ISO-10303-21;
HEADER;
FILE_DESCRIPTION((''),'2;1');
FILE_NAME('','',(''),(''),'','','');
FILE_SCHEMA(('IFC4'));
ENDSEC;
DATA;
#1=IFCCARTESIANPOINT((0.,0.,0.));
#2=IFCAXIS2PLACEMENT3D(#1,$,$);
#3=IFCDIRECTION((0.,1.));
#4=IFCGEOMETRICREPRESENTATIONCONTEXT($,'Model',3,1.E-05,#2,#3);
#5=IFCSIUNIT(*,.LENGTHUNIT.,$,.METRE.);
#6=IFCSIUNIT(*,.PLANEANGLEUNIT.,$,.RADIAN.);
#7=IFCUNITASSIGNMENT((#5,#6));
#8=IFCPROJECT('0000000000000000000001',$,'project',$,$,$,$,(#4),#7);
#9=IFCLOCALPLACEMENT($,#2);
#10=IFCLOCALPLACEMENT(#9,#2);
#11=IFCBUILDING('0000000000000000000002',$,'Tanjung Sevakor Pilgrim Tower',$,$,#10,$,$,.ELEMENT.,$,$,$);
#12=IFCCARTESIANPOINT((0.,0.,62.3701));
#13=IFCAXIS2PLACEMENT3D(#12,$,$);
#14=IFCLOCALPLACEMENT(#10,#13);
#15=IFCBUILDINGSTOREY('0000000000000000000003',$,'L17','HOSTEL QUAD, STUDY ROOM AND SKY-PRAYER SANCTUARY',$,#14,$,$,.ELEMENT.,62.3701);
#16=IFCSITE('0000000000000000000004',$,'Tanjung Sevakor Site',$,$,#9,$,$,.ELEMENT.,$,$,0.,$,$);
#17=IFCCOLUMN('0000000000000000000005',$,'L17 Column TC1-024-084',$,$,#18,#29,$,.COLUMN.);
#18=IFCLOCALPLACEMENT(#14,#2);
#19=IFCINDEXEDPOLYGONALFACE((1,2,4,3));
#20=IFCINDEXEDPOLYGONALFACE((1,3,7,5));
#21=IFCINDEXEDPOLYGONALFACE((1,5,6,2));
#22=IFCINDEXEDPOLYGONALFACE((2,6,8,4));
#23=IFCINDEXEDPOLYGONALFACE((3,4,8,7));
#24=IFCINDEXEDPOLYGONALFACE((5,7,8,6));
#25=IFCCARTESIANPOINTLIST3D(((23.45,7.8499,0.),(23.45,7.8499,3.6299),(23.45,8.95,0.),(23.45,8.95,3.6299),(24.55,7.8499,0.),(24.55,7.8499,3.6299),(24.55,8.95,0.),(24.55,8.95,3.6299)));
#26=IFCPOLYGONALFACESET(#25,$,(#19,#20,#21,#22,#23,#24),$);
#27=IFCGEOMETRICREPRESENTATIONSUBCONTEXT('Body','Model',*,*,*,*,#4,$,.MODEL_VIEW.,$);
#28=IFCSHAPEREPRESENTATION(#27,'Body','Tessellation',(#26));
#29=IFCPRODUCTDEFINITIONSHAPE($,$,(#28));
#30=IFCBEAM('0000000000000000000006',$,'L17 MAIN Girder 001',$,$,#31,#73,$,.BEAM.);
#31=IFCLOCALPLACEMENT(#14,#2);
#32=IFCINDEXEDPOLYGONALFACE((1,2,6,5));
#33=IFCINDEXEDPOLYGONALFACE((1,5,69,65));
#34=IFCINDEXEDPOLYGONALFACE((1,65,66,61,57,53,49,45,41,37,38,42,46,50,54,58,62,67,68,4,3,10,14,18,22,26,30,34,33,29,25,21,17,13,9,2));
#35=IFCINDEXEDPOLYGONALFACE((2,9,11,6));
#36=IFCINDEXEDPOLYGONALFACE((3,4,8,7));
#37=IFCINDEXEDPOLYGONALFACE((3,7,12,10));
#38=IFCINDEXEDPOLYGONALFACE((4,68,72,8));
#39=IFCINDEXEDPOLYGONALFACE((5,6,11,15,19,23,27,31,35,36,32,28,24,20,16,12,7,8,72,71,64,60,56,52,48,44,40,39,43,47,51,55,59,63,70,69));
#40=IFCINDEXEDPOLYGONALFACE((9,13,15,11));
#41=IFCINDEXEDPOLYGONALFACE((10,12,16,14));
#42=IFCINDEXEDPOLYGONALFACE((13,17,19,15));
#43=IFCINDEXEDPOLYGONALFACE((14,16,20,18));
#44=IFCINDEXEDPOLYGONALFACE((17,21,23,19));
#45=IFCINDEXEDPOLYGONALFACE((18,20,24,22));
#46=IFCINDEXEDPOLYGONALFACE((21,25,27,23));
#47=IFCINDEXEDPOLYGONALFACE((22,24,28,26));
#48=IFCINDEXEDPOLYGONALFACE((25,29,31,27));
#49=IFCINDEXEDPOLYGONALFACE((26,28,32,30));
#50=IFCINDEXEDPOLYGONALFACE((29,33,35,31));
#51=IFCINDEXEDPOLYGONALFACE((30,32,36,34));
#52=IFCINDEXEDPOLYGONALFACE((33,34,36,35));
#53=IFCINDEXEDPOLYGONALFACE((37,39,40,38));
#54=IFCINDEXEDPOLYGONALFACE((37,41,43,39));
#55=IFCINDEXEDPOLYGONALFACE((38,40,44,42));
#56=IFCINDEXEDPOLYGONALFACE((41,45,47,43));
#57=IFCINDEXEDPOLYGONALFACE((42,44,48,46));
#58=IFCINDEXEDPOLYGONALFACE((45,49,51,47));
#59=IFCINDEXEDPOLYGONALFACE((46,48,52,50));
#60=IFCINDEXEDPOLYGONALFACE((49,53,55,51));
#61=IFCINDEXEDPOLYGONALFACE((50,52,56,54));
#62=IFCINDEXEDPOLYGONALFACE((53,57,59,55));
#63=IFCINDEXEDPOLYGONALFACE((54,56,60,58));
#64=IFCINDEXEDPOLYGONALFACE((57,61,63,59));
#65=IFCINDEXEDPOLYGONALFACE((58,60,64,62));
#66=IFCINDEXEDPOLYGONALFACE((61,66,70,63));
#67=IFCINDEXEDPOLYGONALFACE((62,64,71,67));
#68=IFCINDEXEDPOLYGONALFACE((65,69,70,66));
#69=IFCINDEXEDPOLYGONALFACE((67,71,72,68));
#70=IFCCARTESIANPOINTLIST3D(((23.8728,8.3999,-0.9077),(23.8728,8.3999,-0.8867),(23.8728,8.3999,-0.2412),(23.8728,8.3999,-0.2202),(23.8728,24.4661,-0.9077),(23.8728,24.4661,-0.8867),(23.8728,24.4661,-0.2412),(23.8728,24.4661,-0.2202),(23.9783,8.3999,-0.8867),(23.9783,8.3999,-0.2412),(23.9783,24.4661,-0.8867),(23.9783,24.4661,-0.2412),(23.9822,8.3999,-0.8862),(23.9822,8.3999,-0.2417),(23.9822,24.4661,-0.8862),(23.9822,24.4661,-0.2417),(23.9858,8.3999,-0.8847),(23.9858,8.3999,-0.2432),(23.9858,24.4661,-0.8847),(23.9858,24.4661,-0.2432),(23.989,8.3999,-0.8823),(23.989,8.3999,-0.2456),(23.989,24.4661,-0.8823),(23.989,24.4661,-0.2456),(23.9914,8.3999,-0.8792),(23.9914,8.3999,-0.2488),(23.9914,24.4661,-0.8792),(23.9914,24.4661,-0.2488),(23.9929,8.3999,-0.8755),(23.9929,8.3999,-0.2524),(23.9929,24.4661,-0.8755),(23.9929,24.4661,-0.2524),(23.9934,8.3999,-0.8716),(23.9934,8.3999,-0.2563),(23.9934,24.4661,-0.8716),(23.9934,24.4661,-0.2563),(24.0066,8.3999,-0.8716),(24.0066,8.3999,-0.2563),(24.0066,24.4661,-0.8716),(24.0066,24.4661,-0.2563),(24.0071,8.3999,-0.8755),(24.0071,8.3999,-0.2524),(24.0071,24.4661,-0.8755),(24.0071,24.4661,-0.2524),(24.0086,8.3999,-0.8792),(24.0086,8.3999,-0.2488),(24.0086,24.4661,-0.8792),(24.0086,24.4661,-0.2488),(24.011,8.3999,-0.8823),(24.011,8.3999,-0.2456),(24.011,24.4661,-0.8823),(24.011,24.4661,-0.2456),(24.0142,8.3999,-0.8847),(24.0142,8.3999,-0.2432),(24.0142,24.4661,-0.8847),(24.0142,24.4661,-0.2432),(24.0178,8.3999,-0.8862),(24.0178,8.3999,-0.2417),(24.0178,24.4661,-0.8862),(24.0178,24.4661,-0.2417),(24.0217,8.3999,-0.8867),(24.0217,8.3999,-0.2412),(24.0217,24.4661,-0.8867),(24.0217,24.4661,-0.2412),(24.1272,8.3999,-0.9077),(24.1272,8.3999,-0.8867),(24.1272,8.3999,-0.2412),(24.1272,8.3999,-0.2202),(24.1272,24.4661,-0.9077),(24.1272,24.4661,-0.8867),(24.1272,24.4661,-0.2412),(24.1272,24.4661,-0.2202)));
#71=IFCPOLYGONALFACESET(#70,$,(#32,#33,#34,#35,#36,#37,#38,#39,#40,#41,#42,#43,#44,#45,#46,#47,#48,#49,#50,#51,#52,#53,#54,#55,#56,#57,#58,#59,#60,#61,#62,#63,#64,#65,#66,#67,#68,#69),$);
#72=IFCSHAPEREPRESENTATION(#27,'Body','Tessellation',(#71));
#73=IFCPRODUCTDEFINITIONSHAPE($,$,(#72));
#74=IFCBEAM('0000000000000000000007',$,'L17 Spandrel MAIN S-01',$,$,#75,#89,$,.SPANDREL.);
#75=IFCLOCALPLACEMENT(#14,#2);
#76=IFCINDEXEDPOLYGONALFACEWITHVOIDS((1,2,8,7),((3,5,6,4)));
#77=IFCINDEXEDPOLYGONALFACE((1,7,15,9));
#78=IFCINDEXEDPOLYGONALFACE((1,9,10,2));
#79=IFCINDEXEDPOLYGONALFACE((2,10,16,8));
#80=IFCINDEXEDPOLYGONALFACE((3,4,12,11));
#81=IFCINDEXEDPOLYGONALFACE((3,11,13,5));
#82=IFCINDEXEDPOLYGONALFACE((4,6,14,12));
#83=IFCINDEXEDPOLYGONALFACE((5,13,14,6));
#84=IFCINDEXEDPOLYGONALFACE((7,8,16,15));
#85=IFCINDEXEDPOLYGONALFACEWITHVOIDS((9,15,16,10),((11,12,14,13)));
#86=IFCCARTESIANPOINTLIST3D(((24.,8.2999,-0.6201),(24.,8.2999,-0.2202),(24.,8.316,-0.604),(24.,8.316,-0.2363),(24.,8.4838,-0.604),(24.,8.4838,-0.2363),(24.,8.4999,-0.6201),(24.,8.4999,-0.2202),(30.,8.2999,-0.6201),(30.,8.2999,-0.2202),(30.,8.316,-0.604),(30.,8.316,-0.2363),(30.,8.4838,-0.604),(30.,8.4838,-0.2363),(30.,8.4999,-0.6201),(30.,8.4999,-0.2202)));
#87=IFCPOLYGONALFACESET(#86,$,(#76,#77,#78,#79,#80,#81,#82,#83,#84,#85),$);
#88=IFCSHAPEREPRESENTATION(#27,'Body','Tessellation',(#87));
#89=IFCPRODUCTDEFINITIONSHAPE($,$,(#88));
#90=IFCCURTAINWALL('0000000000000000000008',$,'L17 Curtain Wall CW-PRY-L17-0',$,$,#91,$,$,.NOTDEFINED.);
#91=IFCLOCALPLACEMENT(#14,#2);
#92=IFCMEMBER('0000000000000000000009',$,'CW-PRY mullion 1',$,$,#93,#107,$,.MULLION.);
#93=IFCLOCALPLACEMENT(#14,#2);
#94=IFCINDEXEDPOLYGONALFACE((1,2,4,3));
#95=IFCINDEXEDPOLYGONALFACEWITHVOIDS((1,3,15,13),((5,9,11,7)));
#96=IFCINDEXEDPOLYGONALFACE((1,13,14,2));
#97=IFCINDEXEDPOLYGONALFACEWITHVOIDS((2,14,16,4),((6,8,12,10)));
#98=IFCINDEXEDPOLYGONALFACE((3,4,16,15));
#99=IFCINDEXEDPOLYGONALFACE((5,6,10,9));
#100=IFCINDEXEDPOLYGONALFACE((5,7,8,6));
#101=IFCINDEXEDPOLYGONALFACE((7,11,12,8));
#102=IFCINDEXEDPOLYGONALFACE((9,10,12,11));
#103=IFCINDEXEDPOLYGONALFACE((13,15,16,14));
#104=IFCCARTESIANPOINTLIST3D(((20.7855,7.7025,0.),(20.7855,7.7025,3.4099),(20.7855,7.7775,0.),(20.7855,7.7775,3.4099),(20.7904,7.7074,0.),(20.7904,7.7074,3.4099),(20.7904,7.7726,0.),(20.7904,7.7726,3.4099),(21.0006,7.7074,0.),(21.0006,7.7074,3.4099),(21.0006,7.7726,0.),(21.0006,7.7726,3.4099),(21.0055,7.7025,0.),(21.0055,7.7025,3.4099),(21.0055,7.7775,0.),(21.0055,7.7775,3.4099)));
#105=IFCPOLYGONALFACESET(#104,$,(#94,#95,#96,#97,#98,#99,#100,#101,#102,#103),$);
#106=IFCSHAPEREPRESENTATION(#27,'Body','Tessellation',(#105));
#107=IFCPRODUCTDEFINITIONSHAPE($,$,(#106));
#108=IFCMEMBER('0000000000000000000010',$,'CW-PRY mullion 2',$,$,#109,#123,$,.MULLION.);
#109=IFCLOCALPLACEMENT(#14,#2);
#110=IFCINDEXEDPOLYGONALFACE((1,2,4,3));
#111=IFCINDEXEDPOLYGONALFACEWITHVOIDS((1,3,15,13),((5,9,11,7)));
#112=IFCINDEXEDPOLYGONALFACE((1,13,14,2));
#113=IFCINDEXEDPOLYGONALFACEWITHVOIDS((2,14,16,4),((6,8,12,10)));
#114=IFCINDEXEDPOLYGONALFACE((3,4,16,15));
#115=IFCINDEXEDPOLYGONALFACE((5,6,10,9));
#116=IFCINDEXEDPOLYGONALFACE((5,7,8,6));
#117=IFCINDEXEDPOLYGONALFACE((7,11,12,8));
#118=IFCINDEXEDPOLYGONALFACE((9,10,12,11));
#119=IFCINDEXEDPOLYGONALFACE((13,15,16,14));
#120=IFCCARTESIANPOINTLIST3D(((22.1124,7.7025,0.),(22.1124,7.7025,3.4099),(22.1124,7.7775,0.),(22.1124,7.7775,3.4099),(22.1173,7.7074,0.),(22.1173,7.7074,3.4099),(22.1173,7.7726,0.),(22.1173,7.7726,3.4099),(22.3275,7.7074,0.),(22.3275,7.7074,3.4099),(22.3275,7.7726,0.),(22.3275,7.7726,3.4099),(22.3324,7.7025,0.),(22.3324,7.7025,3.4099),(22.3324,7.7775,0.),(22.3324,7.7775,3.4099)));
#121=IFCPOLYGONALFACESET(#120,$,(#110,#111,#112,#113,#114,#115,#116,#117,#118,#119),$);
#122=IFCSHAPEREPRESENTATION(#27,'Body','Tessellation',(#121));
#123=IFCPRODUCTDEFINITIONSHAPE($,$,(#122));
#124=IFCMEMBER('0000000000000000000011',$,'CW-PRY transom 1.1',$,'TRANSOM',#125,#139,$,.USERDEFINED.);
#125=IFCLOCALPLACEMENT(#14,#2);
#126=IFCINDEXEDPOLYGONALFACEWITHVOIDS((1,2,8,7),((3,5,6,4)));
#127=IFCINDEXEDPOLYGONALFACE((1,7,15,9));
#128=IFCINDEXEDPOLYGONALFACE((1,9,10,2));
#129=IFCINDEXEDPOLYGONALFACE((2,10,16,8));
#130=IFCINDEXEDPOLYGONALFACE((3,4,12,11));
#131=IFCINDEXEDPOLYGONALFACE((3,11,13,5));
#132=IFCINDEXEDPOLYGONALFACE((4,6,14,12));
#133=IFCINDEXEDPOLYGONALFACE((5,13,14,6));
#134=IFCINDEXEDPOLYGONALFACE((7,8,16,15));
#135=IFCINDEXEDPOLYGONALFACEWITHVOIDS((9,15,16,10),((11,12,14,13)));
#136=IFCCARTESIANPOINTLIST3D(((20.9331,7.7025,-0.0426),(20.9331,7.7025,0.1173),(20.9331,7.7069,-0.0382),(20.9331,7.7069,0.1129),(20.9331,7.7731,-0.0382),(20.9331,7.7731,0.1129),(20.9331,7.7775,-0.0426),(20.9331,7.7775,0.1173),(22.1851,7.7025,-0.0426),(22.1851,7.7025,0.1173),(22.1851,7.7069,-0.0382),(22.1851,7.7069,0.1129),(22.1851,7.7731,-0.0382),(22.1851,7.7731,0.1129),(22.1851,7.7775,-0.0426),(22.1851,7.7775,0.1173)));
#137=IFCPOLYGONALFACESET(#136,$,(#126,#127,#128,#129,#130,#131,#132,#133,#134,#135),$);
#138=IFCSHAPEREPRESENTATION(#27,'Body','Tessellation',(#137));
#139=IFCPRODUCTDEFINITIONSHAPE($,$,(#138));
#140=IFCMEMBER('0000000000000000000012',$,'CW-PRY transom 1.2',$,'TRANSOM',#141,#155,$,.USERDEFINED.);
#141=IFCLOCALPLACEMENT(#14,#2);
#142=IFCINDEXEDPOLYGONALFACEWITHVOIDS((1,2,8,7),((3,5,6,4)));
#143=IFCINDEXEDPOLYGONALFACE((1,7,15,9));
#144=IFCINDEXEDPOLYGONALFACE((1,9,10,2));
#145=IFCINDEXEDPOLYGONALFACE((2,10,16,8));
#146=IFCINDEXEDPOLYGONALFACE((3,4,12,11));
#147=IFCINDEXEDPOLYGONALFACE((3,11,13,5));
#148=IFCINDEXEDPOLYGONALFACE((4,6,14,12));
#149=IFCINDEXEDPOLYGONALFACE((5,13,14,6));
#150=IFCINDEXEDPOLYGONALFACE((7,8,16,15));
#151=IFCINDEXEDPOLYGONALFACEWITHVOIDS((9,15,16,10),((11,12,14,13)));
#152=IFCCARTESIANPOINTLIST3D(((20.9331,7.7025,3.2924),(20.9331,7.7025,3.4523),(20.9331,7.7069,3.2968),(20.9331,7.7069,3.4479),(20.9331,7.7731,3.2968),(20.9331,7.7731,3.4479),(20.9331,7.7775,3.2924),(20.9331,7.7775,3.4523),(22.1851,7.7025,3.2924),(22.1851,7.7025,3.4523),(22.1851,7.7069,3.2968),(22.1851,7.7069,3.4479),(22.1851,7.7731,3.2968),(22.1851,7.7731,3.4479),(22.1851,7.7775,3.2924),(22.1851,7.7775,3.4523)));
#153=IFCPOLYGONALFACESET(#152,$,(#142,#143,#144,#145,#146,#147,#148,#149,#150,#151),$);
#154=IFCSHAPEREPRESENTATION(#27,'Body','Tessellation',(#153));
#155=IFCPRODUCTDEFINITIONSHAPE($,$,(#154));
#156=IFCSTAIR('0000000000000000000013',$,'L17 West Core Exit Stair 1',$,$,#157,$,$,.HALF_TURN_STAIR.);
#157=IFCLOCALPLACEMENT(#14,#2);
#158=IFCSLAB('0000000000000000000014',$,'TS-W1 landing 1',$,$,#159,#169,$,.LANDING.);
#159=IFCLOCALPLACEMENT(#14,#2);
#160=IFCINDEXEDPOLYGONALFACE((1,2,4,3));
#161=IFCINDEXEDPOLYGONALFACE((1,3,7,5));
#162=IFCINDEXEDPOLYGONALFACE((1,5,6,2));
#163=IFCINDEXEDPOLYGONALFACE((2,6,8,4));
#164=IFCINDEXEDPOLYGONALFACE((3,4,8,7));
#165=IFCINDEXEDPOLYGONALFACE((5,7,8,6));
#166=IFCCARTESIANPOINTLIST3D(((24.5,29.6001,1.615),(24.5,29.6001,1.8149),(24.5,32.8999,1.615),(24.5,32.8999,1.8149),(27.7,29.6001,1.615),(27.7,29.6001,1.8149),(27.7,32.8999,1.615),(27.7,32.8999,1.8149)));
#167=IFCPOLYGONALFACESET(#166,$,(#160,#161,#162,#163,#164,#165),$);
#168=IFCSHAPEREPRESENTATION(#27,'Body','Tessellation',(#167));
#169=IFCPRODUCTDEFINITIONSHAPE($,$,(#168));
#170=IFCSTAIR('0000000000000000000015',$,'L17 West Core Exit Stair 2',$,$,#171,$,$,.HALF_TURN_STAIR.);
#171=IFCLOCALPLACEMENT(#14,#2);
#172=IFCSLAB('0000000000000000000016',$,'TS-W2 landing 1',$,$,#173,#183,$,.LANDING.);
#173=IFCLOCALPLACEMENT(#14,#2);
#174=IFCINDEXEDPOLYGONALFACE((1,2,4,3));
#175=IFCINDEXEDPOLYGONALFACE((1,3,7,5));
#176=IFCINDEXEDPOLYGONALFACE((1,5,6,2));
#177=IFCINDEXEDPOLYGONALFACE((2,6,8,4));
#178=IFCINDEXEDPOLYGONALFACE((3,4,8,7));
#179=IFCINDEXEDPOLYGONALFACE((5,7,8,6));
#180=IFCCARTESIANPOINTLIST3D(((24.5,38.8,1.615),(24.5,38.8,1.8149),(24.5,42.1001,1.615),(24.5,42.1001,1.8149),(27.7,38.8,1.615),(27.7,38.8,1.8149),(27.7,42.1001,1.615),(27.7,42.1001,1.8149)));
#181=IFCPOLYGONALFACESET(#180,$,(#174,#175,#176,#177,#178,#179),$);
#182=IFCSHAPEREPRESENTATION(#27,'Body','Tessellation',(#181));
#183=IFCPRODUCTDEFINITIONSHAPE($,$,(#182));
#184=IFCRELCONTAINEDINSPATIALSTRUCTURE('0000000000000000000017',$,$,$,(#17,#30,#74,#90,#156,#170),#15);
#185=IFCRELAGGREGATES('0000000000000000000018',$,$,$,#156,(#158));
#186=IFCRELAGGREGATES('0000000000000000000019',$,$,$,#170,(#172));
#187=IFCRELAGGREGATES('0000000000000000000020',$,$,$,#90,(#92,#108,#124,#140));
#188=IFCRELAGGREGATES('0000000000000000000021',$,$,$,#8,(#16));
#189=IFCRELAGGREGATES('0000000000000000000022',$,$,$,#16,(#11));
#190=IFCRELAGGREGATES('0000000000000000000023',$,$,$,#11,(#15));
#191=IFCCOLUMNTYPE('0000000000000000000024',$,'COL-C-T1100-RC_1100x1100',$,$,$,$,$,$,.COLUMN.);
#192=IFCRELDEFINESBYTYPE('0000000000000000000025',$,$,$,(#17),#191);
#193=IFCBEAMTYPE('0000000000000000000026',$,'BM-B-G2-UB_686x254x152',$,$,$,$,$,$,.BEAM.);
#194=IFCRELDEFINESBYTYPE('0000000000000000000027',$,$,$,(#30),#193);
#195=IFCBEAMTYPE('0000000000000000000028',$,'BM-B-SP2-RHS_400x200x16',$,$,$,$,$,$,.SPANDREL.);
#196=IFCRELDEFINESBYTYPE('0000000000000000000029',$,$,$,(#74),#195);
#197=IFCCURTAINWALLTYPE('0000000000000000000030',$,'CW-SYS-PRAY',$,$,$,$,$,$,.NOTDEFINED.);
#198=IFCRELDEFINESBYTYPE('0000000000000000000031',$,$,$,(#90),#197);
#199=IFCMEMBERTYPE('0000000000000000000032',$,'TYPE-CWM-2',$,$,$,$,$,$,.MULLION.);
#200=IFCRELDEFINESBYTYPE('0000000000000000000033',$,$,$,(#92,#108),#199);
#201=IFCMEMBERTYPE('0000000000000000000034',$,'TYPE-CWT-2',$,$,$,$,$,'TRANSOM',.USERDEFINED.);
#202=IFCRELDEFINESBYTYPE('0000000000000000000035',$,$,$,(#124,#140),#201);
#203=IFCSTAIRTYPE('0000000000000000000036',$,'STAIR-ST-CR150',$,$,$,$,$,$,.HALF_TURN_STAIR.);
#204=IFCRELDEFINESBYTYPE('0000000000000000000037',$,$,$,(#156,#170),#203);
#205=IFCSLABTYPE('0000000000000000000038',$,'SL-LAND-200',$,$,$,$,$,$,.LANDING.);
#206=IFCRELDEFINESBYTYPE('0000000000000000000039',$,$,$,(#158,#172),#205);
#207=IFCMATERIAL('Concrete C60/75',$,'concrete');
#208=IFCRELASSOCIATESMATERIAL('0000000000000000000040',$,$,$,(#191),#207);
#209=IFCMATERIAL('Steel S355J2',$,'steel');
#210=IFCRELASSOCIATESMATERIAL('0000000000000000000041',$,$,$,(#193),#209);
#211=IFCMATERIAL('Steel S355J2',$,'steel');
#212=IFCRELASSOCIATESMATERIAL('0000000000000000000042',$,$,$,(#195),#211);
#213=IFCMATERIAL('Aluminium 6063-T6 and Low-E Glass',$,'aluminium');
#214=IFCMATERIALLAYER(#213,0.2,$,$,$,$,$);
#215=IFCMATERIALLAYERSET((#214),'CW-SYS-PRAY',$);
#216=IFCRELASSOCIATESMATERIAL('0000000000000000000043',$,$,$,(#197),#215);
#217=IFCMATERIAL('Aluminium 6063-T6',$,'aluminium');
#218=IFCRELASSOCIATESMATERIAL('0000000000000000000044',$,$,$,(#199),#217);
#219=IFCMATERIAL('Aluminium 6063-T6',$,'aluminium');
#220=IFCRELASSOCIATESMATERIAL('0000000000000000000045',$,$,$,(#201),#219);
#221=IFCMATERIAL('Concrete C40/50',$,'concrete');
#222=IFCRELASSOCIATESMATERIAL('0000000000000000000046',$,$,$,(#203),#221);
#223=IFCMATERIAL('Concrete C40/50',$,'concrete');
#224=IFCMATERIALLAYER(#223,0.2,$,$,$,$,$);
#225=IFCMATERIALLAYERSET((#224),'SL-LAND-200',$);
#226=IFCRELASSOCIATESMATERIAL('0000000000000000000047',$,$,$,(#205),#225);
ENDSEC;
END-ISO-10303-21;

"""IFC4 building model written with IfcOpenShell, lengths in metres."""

from ifc_helpers import new_model, si_unit, direction, frame, origin, origin_2d, place, context, subcontext, project, spatial, polyline, rectangle, hollow_rectangle, i_section, outline, extrude, material, layer, layer_set, material_profile, profile_set, type_object, element, aggregate, save


model = new_model("IFC4")

# Units and contexts
model_context = context("Model", 3, precision=1e-05, world=origin(), true_north=direction((0.0, 1.0)))
body_context = subcontext(model_context, "Body", "Model", "MODEL_VIEW")
ifc_project = project(units=[si_unit("LENGTHUNIT", "METRE"), si_unit("PLANEANGLEUNIT", "RADIAN")], contexts=[model_context])

# Site, building, storey
site_placement = place(None, origin())
site = spatial("IfcSite", under=ifc_project, at=site_placement, Name="Tanjung Sevakor Site", CompositionType="ELEMENT", RefElevation=0.0)
building_placement = place(site_placement, origin())
building = spatial("IfcBuilding", under=site, at=building_placement, Name="Tanjung Sevakor Pilgrim Tower", CompositionType="ELEMENT")
storey_placement = place(building_placement, frame((0.0, 0.0, 62.3701)))
storey = spatial("IfcBuildingStorey", under=building, at=storey_placement, Name="L17", Description="HOSTEL QUAD, STUDY ROOM AND SKY-PRAYER SANCTUARY", CompositionType="ELEMENT", Elevation=62.3701)

# Column
ifc_material_1 = material(Name="Concrete C60/75", Category="concrete")
ifc_material_profile_1 = material_profile(ifc_material_1, rectangle(XDim=1.1001, YDim=1.1001, at=origin_2d()))
ifc_profile_set_1 = profile_set([ifc_material_profile_1], Name="Concrete C60/75")
column_type = type_object("IfcColumnType", Name="COL-C-T1100-RC_1100x1100", PredefinedType="COLUMN", material=ifc_profile_set_1)
column_placement = place(storey_placement, frame((24.0, 8.3999, 0.0), z_axis=(0.0, 0.0, 1.0), x_axis=(1.0, 0.0, 0.0)))
element("IfcColumn", 1, at=column_placement, inside=storey, type_object=column_type, Name="L17 Column TC1-024-084", PredefinedType="COLUMN", context=body_context, shape_type="SweptSolid", body=[
    extrude(rectangle(XDim=1.1001, YDim=1.1001, at=origin_2d()), origin(), (0.0, 0.0, 1.0), 3.6299),
])

# Beams
ifc_material_2 = material(Name="Steel S355J2", Category="steel")
ifc_material_profile_2 = material_profile(ifc_material_2, i_section(OverallWidth=0.2544, OverallDepth=0.6875, WebThickness=0.0132, FlangeThickness=0.021, FilletRadius=0.0151, at=origin_2d()))
ifc_profile_set_2 = profile_set([ifc_material_profile_2], Name="Steel S355J2")
beam_type_1 = type_object("IfcBeamType", Name="BM-B-G2-UB_686x254x152", PredefinedType="BEAM", material=ifc_profile_set_2)
beam_1_placement = place(storey_placement, frame((24.0, 8.3999, -0.564), z_axis=(0.0, 1.0, 0.0), x_axis=(-1.0, 0.0, 0.0)))
element("IfcBeam", 2, at=beam_1_placement, inside=storey, type_object=beam_type_1, Name="L17 MAIN Girder 001", PredefinedType="BEAM", context=body_context, shape_type="SweptSolid", body=[
    extrude(i_section(OverallWidth=0.2544, OverallDepth=0.6875, WebThickness=0.0132, FlangeThickness=0.021, FilletRadius=0.0151, at=origin_2d()), origin(), (0.0, 0.0, 1.0), 16.0662),
])
ifc_material_3 = material(Name="Steel S355J2", Category="steel")
ifc_material_profile_3 = material_profile(ifc_material_3, hollow_rectangle(XDim=0.2, YDim=0.3999, WallThickness=0.0161, at=origin_2d()))
ifc_profile_set_3 = profile_set([ifc_material_profile_3], Name="Steel S355J2")
beam_type_2 = type_object("IfcBeamType", Name="BM-B-SP2-RHS_400x200x16", PredefinedType="SPANDREL", material=ifc_profile_set_3)
beam_2_placement = place(storey_placement, frame((24.0, 8.3999, -0.4202), z_axis=(1.0, 0.0, 0.0), x_axis=(0.0, 1.0, 0.0)))
element("IfcBeam", 3, at=beam_2_placement, inside=storey, type_object=beam_type_2, Name="L17 Spandrel MAIN S-01", PredefinedType="SPANDREL", context=body_context, shape_type="SweptSolid", body=[
    extrude(hollow_rectangle(XDim=0.2, YDim=0.3999, WallThickness=0.0161, at=origin_2d()), origin(), (0.0, 0.0, 1.0), 6.0),
])

# Curtain wall, members
ifc_material_4 = material(Name="Aluminium 6063-T6 and Low-E Glass", Category="aluminium")
ifc_layer_1 = layer(ifc_material_4, 0.2)
ifc_layer_set_1 = layer_set([ifc_layer_1], Name="CW-SYS-PRAY")
curtain_wall_type = type_object("IfcCurtainWallType", Name="CW-SYS-PRAY", PredefinedType="NOTDEFINED", material=ifc_layer_set_1)
curtain_wall_placement = place(storey_placement, origin())
curtain_wall = element("IfcCurtainWall", 4, at=curtain_wall_placement, inside=storey, type_object=curtain_wall_type, Name="L17 Curtain Wall CW-PRY-L17-0", PredefinedType="NOTDEFINED")
ifc_material_5 = material(Name="Aluminium 6063-T6", Category="aluminium")
ifc_material_profile_4 = material_profile(ifc_material_5, hollow_rectangle(XDim=0.075, YDim=0.22, WallThickness=0.0049, at=origin_2d()))
ifc_profile_set_4 = profile_set([ifc_material_profile_4], Name="Aluminium 6063-T6")
member_type_1 = type_object("IfcMemberType", Name="TYPE-CWM-2", PredefinedType="MULLION", material=ifc_profile_set_4)
member_1_placement = place(storey_placement, frame((20.8955, 7.74, 0.0), z_axis=(0.0, 0.0, 1.0), x_axis=(0.0, 1.0, 0.0)))
member_1 = element("IfcMember", 5, at=member_1_placement, type_object=member_type_1, Name="CW-PRY mullion 1", PredefinedType="MULLION", context=body_context, shape_type="SweptSolid", body=[
    extrude(hollow_rectangle(XDim=0.075, YDim=0.22, WallThickness=0.0049, at=origin_2d()), origin(), (0.0, 0.0, 1.0), 3.4099),
])
member_2_placement = place(storey_placement, frame((22.2224, 7.74, 0.0), z_axis=(0.0, 0.0, 1.0), x_axis=(0.0, 1.0, 0.0)))
member_2 = element("IfcMember", 6, at=member_2_placement, type_object=member_type_1, Name="CW-PRY mullion 2", PredefinedType="MULLION", context=body_context, shape_type="SweptSolid", body=[
    extrude(hollow_rectangle(XDim=0.075, YDim=0.22, WallThickness=0.0049, at=origin_2d()), origin(), (0.0, 0.0, 1.0), 3.4099),
])
ifc_material_6 = material(Name="Aluminium 6063-T6", Category="aluminium")
ifc_material_profile_5 = material_profile(ifc_material_6, hollow_rectangle(XDim=0.075, YDim=0.1599, WallThickness=0.0044, at=origin_2d()))
ifc_profile_set_5 = profile_set([ifc_material_profile_5], Name="Aluminium 6063-T6")
member_type_2 = type_object("IfcMemberType", Name="TYPE-CWT-2", ElementType="TRANSOM", PredefinedType="USERDEFINED", material=ifc_profile_set_5)
member_3_placement = place(storey_placement, frame((20.9331, 7.74, 0.0374), z_axis=(1.0, 0.0, 0.0), x_axis=(0.0, 1.0, 0.0)))
member_3 = element("IfcMember", 7, at=member_3_placement, type_object=member_type_2, Name="CW-PRY transom 1.1", ObjectType="TRANSOM", PredefinedType="USERDEFINED", context=body_context, shape_type="SweptSolid", body=[
    extrude(hollow_rectangle(XDim=0.075, YDim=0.1599, WallThickness=0.0044, at=origin_2d()), origin(), (0.0, 0.0, 1.0), 1.252),
])
member_4_placement = place(storey_placement, frame((20.9331, 7.74, 3.3723), z_axis=(1.0, 0.0, 0.0), x_axis=(0.0, 1.0, 0.0)))
member_4 = element("IfcMember", 8, at=member_4_placement, type_object=member_type_2, Name="CW-PRY transom 1.2", ObjectType="TRANSOM", PredefinedType="USERDEFINED", context=body_context, shape_type="SweptSolid", body=[
    extrude(hollow_rectangle(XDim=0.075, YDim=0.1599, WallThickness=0.0044, at=origin_2d()), origin(), (0.0, 0.0, 1.0), 1.252),
])

# Stairs, slabs
ifc_material_7 = material(Name="Concrete C40/50", Category="concrete")
stair_type = type_object("IfcStairType", Name="STAIR-ST-CR150", PredefinedType="HALF_TURN_STAIR", material=ifc_material_7)
stair_1_placement = place(storey_placement, origin())
stair_1 = element("IfcStair", 9, at=stair_1_placement, inside=storey, type_object=stair_type, Name="L17 West Core Exit Stair 1", PredefinedType="HALF_TURN_STAIR")
ifc_material_8 = material(Name="Concrete C40/50", Category="concrete")
ifc_layer_2 = layer(ifc_material_8, 0.2)
ifc_layer_set_2 = layer_set([ifc_layer_2], Name="SL-LAND-200")
slab_type_1 = type_object("IfcSlabType", Name="SL-LAND-200", PredefinedType="LANDING", material=ifc_layer_set_2)
slab_1_placement = place(storey_placement, frame((0.0, 0.0, 1.615)))
slab_1 = element("IfcSlab", 10, at=slab_1_placement, type_object=slab_type_1, Name="TS-W1 landing 1", PredefinedType="LANDING", context=body_context, shape_type="SweptSolid", body=[
    extrude(outline(polyline([(27.7, 29.6001), (27.7, 32.8999), (24.5, 32.8999), (24.5, 29.6001), (27.7, 29.6001)])), origin(), (0.0, 0.0, 1.0), 0.2),
])
aggregate(stair_1, [slab_1])
stair_2_placement = place(storey_placement, origin())
stair_2 = element("IfcStair", 11, at=stair_2_placement, inside=storey, type_object=stair_type, Name="L17 West Core Exit Stair 2", PredefinedType="HALF_TURN_STAIR")
slab_2_placement = place(storey_placement, frame((0.0, 0.0, 1.615)))
slab_2 = element("IfcSlab", 12, at=slab_2_placement, type_object=slab_type_1, Name="TS-W2 landing 1", PredefinedType="LANDING", context=body_context, shape_type="SweptSolid", body=[
    extrude(outline(polyline([(27.7, 38.8), (27.7, 42.1001), (24.5, 42.1001), (24.5, 38.8), (27.7, 38.8)])), origin(), (0.0, 0.0, 1.0), 0.2),
])
aggregate(stair_2, [slab_2])

aggregate(curtain_wall, [member_1, member_2, member_3, member_4])

save(model, "model.ifc")
